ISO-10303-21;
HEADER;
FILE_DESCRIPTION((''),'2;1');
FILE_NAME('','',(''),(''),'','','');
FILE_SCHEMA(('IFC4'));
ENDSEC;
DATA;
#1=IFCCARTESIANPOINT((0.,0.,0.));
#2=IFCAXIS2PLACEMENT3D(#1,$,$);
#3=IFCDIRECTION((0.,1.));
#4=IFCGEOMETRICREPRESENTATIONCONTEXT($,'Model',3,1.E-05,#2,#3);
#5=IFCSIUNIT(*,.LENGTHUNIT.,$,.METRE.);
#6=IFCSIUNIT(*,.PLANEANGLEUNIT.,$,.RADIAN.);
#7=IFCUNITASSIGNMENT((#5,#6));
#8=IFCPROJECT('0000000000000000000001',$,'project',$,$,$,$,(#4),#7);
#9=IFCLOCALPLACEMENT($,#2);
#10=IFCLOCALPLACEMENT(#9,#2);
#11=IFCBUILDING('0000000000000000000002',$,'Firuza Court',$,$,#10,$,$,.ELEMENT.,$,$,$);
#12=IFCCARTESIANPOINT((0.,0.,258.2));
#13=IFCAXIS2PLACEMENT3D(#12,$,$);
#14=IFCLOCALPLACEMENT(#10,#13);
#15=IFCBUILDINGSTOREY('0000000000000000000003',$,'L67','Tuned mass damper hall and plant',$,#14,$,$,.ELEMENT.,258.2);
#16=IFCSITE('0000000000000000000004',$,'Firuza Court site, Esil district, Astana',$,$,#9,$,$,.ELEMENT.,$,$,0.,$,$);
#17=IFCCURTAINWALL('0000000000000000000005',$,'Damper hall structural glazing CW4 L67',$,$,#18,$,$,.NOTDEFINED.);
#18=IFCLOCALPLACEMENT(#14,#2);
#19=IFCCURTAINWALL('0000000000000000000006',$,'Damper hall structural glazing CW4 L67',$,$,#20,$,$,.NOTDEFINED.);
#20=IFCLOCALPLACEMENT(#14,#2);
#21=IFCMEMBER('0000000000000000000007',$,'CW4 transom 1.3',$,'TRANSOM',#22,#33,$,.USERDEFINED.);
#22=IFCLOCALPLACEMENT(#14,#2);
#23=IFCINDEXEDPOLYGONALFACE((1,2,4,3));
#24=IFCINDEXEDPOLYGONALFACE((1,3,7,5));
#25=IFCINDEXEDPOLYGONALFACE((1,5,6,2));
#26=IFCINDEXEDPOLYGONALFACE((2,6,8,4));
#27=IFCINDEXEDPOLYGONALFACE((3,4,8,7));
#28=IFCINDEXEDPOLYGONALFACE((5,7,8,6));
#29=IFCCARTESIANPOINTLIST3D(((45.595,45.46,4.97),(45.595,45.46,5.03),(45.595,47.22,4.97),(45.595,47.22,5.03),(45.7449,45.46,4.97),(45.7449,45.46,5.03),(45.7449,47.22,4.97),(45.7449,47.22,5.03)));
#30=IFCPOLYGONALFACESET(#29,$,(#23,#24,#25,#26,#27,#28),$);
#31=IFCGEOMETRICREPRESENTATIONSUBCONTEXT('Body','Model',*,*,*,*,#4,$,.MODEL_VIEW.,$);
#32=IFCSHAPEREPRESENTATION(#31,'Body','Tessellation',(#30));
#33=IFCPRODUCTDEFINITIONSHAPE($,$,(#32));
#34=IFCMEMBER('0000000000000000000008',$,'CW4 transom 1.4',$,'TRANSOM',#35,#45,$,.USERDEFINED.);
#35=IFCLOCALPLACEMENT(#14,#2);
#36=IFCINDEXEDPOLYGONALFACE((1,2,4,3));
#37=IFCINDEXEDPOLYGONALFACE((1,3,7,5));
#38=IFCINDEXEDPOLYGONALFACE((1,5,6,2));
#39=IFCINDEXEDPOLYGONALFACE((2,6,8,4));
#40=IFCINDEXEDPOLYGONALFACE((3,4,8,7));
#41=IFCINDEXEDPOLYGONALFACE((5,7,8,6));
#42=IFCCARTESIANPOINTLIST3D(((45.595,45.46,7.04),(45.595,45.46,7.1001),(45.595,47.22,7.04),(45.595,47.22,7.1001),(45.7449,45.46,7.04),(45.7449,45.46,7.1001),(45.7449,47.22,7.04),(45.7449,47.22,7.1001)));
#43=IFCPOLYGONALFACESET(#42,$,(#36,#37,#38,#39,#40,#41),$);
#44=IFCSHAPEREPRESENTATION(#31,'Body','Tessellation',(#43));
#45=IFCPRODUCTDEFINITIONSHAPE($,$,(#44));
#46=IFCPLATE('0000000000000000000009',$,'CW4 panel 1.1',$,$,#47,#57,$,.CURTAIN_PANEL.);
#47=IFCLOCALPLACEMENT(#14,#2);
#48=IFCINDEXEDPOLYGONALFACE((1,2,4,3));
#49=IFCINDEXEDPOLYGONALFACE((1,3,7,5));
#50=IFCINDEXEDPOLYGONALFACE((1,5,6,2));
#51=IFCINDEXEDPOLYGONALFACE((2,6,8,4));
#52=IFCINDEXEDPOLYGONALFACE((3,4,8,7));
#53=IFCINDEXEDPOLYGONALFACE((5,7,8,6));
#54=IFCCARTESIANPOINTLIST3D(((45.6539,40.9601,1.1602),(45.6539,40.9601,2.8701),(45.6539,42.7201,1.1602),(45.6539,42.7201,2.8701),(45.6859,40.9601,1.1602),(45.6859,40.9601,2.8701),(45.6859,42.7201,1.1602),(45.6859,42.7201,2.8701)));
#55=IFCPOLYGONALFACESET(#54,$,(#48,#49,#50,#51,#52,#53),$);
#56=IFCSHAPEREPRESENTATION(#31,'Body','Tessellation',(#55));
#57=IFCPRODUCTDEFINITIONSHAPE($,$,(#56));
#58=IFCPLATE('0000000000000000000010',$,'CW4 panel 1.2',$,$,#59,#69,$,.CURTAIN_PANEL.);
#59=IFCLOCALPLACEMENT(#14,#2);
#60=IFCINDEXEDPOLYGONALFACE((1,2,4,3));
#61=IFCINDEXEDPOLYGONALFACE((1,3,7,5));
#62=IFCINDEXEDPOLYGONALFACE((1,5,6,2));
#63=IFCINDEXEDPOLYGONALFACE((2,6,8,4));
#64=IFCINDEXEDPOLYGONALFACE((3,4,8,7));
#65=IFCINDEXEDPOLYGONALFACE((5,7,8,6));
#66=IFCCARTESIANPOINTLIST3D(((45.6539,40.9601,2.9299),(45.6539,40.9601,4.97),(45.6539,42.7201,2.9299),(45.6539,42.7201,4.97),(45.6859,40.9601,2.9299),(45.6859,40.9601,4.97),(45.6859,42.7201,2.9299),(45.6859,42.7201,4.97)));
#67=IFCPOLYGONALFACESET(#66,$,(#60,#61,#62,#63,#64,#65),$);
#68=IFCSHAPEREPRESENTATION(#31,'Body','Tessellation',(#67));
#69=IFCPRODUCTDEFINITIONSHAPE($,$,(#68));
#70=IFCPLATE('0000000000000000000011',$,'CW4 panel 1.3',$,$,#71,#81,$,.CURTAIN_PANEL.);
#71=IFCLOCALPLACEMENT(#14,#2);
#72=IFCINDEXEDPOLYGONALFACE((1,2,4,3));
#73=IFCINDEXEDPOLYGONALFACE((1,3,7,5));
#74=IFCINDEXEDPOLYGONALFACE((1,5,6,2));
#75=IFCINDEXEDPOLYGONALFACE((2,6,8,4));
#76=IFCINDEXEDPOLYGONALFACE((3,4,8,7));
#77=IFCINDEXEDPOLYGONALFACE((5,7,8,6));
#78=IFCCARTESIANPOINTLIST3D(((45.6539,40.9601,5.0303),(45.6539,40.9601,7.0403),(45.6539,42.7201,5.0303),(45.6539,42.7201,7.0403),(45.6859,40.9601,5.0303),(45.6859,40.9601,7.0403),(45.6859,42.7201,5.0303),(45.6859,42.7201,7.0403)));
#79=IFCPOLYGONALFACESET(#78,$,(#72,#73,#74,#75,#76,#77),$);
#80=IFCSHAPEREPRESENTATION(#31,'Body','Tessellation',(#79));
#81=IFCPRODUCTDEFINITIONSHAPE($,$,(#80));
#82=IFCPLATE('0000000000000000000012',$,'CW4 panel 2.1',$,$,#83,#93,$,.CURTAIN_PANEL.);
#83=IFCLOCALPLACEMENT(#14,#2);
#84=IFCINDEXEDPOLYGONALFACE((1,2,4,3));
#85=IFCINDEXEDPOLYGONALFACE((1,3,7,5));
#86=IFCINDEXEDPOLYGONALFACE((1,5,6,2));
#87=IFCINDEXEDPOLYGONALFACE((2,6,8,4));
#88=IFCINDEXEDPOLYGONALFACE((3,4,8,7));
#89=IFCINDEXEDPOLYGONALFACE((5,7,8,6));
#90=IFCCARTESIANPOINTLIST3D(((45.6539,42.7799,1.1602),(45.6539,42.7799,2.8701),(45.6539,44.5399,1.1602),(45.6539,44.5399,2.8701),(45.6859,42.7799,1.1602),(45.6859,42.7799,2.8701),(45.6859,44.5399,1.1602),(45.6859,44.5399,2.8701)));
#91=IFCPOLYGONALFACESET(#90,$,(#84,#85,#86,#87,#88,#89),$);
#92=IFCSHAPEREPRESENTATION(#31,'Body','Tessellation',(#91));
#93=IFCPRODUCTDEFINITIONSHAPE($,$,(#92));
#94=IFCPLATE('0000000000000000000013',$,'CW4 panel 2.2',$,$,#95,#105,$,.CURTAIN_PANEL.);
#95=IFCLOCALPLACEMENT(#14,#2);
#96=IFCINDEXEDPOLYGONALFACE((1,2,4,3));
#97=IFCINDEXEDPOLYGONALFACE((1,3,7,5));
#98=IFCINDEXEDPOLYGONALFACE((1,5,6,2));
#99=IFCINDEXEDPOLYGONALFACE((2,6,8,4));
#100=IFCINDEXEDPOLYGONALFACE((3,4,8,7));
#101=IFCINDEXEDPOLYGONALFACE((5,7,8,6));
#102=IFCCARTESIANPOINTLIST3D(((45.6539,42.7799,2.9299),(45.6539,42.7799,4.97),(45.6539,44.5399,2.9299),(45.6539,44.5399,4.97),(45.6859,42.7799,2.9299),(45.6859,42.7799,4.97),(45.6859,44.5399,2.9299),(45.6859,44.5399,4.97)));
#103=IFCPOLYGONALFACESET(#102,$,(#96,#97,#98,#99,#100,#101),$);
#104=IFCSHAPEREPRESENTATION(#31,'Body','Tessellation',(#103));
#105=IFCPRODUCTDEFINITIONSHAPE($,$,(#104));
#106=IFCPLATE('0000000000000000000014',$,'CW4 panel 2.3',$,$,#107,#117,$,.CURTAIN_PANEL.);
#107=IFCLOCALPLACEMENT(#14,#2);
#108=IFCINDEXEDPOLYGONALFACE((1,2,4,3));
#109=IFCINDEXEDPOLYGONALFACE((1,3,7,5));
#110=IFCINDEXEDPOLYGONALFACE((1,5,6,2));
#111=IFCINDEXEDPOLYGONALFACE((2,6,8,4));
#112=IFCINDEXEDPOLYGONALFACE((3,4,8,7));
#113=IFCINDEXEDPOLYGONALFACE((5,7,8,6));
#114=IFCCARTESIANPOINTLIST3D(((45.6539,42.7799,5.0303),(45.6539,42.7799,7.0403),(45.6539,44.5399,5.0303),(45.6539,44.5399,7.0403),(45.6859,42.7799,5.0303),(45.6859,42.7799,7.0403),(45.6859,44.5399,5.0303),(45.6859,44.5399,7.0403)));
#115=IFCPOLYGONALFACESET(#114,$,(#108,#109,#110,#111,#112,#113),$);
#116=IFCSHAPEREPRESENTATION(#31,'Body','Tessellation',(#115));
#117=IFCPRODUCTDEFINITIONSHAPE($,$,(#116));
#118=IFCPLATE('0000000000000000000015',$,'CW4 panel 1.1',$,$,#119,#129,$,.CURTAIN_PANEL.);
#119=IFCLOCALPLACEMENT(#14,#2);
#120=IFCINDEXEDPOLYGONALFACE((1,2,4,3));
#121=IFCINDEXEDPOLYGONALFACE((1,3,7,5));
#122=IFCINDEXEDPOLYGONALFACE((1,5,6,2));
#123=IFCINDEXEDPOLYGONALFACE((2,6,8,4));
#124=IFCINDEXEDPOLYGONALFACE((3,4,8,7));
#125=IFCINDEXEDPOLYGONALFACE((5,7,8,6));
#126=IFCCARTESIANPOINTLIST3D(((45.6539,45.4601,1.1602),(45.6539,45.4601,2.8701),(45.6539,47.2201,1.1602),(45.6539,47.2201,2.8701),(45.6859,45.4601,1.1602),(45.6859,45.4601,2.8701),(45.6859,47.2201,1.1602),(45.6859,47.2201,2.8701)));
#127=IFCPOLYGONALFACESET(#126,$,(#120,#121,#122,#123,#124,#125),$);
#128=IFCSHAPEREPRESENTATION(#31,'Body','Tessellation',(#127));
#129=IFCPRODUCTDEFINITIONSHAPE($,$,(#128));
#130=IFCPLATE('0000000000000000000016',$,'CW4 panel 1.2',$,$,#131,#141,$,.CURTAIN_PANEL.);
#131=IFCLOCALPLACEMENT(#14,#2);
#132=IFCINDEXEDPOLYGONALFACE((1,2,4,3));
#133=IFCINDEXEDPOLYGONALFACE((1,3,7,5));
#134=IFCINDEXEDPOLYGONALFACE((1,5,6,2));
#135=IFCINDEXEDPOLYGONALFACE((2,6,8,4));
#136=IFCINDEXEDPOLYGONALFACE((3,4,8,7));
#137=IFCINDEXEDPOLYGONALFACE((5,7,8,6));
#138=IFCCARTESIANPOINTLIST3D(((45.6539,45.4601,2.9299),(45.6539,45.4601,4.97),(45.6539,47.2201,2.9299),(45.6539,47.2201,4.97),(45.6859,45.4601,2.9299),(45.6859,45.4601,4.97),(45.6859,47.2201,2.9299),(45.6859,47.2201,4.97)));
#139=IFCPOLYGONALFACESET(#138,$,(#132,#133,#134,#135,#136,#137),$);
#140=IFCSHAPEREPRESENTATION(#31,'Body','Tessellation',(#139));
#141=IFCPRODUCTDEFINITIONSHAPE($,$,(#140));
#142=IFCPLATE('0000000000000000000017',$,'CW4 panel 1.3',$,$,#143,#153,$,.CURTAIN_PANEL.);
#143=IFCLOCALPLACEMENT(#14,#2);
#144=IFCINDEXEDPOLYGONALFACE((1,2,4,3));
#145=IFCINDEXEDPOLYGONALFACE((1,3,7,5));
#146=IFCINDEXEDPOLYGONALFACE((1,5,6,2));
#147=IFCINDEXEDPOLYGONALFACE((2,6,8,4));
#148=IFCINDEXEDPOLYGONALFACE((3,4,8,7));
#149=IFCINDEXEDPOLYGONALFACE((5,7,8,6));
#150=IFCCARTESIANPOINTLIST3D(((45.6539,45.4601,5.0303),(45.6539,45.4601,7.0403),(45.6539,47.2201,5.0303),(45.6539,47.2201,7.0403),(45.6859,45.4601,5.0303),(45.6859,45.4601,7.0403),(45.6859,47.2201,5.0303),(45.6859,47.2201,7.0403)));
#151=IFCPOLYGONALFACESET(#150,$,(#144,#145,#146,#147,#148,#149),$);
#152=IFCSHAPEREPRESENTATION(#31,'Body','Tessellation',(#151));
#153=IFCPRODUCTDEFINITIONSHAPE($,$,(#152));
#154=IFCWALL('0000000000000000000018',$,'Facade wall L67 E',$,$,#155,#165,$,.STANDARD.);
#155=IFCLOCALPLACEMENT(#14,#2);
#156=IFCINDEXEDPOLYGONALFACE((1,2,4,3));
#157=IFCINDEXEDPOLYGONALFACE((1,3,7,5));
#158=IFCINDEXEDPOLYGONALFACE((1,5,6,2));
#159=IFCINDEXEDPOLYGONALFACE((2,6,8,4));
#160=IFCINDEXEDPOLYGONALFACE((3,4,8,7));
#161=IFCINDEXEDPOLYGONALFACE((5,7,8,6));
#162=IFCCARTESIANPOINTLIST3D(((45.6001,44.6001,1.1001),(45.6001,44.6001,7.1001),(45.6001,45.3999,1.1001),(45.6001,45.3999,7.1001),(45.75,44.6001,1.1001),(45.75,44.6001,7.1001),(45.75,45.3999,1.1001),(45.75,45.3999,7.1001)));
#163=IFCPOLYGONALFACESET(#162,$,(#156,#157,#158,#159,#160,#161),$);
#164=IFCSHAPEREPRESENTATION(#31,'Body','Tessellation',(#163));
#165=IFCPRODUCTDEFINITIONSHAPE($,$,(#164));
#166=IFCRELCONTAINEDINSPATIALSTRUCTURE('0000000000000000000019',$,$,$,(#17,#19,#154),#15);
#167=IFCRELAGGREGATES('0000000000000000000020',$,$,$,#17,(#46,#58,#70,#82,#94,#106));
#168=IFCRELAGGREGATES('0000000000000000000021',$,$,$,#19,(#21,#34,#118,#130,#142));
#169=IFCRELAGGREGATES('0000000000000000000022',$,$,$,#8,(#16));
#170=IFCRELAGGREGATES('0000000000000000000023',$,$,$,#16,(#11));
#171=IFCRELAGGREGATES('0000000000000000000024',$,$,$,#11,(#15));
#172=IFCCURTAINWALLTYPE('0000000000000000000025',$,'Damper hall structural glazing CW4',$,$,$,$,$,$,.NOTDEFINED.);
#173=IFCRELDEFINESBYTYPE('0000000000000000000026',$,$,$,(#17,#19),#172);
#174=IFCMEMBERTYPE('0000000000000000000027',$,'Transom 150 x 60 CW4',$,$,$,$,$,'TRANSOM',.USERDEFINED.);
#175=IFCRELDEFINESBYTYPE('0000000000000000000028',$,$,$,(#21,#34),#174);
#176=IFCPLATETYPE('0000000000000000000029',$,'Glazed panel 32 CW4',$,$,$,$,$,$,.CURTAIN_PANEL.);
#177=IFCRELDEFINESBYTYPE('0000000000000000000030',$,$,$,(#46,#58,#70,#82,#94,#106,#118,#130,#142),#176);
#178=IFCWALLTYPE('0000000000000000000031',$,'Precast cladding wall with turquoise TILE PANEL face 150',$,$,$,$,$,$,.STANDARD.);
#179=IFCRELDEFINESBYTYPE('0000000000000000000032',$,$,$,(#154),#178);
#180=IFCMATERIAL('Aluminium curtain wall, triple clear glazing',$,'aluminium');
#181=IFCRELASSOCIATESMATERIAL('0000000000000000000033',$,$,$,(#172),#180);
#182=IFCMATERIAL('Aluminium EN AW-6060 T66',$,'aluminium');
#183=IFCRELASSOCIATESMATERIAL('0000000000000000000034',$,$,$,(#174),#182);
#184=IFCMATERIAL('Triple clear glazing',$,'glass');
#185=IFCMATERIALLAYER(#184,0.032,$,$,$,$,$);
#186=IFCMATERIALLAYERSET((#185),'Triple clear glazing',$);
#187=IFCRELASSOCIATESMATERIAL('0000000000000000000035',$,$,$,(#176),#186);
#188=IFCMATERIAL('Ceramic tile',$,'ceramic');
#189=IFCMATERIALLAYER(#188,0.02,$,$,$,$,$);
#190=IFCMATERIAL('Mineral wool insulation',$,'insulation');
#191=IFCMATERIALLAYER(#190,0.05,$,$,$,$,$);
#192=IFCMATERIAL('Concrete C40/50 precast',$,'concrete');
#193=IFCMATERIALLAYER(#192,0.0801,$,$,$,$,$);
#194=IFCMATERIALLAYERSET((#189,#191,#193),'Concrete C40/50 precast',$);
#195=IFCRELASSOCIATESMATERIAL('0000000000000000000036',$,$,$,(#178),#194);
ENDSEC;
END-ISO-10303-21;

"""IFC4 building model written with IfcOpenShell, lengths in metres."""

from ifc_helpers import new_model, si_unit, direction, frame, frame_2d, origin, origin_2d, place, context, subcontext, project, spatial, rectangle, extrude, material, layer, layer_set, material_profile, profile_set, type_object, element, aggregate, save


model = new_model("IFC4")

# Units and contexts
model_context = context("Model", 3, precision=1e-05, world=origin(), true_north=direction((0.0, 1.0)))
body_context = subcontext(model_context, "Body", "Model", "MODEL_VIEW")
ifc_project = project(units=[si_unit("LENGTHUNIT", "METRE"), si_unit("PLANEANGLEUNIT", "RADIAN")], contexts=[model_context])

# Site, building, storey
site_placement = place(None, origin())
site = spatial("IfcSite", under=ifc_project, at=site_placement, Name="Firuza Court site, Esil district, Astana", CompositionType="ELEMENT", RefElevation=0.0)
building_placement = place(site_placement, origin())
building = spatial("IfcBuilding", under=site, at=building_placement, Name="Firuza Court", CompositionType="ELEMENT")
storey_placement = place(building_placement, frame((0.0, 0.0, 258.2)))
storey = spatial("IfcBuildingStorey", under=building, at=storey_placement, Name="L67", Description="Tuned mass damper hall and plant", CompositionType="ELEMENT", Elevation=258.2)

# Curtain walls
ifc_material_1 = material(Name="Aluminium curtain wall, triple clear glazing", Category="aluminium")
curtain_wall_type = type_object("IfcCurtainWallType", Name="Damper hall structural glazing CW4", PredefinedType="NOTDEFINED", material=ifc_material_1)
curtain_wall_1_placement = place(storey_placement, origin())
curtain_wall_1 = element("IfcCurtainWall", 1, at=curtain_wall_1_placement, inside=storey, type_object=curtain_wall_type, Name="Damper hall structural glazing CW4 L67", PredefinedType="NOTDEFINED")
curtain_wall_2_placement = place(storey_placement, origin())
curtain_wall_2 = element("IfcCurtainWall", 2, at=curtain_wall_2_placement, inside=storey, type_object=curtain_wall_type, Name="Damper hall structural glazing CW4 L67", PredefinedType="NOTDEFINED")

# Members
ifc_material_2 = material(Name="Aluminium EN AW-6060 T66", Category="aluminium")
ifc_material_profile_1 = material_profile(ifc_material_2, rectangle(XDim=0.1499, YDim=0.0601, at=origin_2d()), Name="Transom 150 x 60 CW4")
ifc_profile_set_1 = profile_set([ifc_material_profile_1], Name="Aluminium EN AW-6060 T66")
member_type_1 = type_object("IfcMemberType", Name="Transom 150 x 60 CW4", ElementType="TRANSOM", PredefinedType="USERDEFINED", material=ifc_profile_set_1)
member_1_placement = place(storey_placement, frame((45.6699, 45.46, 5.0), z_axis=(0.0, 1.0, 0.0), x_axis=(-1.0, 0.0, 0.0)))
member_1 = element("IfcMember", 3, at=member_1_placement, type_object=member_type_1, Name="CW4 transom 1.3", ObjectType="TRANSOM", PredefinedType="USERDEFINED", context=body_context, shape_type="SweptSolid", body=[
    extrude(rectangle(XDim=0.1499, YDim=0.0601, at=origin_2d()), origin(), (0.0, 0.0, 1.0), 1.76),
])
member_2_placement = place(storey_placement, frame((45.6699, 45.46, 7.0701), z_axis=(0.0, 1.0, 0.0), x_axis=(-1.0, 0.0, 0.0)))
member_2 = element("IfcMember", 4, at=member_2_placement, type_object=member_type_1, Name="CW4 transom 1.4", ObjectType="TRANSOM", PredefinedType="USERDEFINED", context=body_context, shape_type="SweptSolid", body=[
    extrude(rectangle(XDim=0.1499, YDim=0.0601, at=origin_2d()), origin(), (0.0, 0.0, 1.0), 1.76),
])

# Plates
ifc_material_3 = material(Name="Triple clear glazing", Category="glass")
ifc_layer_1 = layer(ifc_material_3, 0.032)
ifc_layer_set_1 = layer_set([ifc_layer_1], Name="Triple clear glazing")
plate_type = type_object("IfcPlateType", Name="Glazed panel 32 CW4", PredefinedType="CURTAIN_PANEL", material=ifc_layer_set_1)
plate_1_placement = place(storey_placement, frame((45.6699, 41.8401, 1.1602), z_axis=(0.0, 0.0, 1.0), x_axis=(0.0, 1.0, 0.0)))
plate_1 = element("IfcPlate", 5, at=plate_1_placement, type_object=plate_type, Name="CW4 panel 1.1", PredefinedType="CURTAIN_PANEL", context=body_context, shape_type="SweptSolid", body=[
    extrude(rectangle(XDim=1.76, YDim=0.032, at=origin_2d()), origin(), (0.0, 0.0, 1.0), 1.71),
])
plate_2_placement = place(storey_placement, frame((45.6699, 41.8401, 2.9299), z_axis=(0.0, 0.0, 1.0), x_axis=(0.0, 1.0, 0.0)))
plate_2 = element("IfcPlate", 6, at=plate_2_placement, type_object=plate_type, Name="CW4 panel 1.2", PredefinedType="CURTAIN_PANEL", context=body_context, shape_type="SweptSolid", body=[
    extrude(rectangle(XDim=1.76, YDim=0.032, at=origin_2d()), origin(), (0.0, 0.0, 1.0), 2.04),
])
plate_3_placement = place(storey_placement, frame((45.6699, 41.8401, 5.0303), z_axis=(0.0, 0.0, 1.0), x_axis=(0.0, 1.0, 0.0)))
plate_3 = element("IfcPlate", 7, at=plate_3_placement, type_object=plate_type, Name="CW4 panel 1.3", PredefinedType="CURTAIN_PANEL", context=body_context, shape_type="SweptSolid", body=[
    extrude(rectangle(XDim=1.76, YDim=0.032, at=origin_2d()), origin(), (0.0, 0.0, 1.0), 2.01),
])
plate_4_placement = place(storey_placement, frame((45.6699, 43.6599, 1.1602), z_axis=(0.0, 0.0, 1.0), x_axis=(0.0, 1.0, 0.0)))
plate_4 = element("IfcPlate", 8, at=plate_4_placement, type_object=plate_type, Name="CW4 panel 2.1", PredefinedType="CURTAIN_PANEL", context=body_context, shape_type="SweptSolid", body=[
    extrude(rectangle(XDim=1.76, YDim=0.032, at=origin_2d()), origin(), (0.0, 0.0, 1.0), 1.71),
])
plate_5_placement = place(storey_placement, frame((45.6699, 43.6599, 2.9299), z_axis=(0.0, 0.0, 1.0), x_axis=(0.0, 1.0, 0.0)))
plate_5 = element("IfcPlate", 9, at=plate_5_placement, type_object=plate_type, Name="CW4 panel 2.2", PredefinedType="CURTAIN_PANEL", context=body_context, shape_type="SweptSolid", body=[
    extrude(rectangle(XDim=1.76, YDim=0.032, at=origin_2d()), origin(), (0.0, 0.0, 1.0), 2.04),
])
plate_6_placement = place(storey_placement, frame((45.6699, 43.6599, 5.0303), z_axis=(0.0, 0.0, 1.0), x_axis=(0.0, 1.0, 0.0)))
plate_6 = element("IfcPlate", 10, at=plate_6_placement, type_object=plate_type, Name="CW4 panel 2.3", PredefinedType="CURTAIN_PANEL", context=body_context, shape_type="SweptSolid", body=[
    extrude(rectangle(XDim=1.76, YDim=0.032, at=origin_2d()), origin(), (0.0, 0.0, 1.0), 2.01),
])
aggregate(curtain_wall_1, [plate_1, plate_2, plate_3, plate_4, plate_5, plate_6])
plate_7_placement = place(storey_placement, frame((45.6699, 46.3401, 1.1602), z_axis=(0.0, 0.0, 1.0), x_axis=(0.0, 1.0, 0.0)))
plate_7 = element("IfcPlate", 11, at=plate_7_placement, type_object=plate_type, Name="CW4 panel 1.1", PredefinedType="CURTAIN_PANEL", context=body_context, shape_type="SweptSolid", body=[
    extrude(rectangle(XDim=1.76, YDim=0.032, at=origin_2d()), origin(), (0.0, 0.0, 1.0), 1.71),
])
plate_8_placement = place(storey_placement, frame((45.6699, 46.3401, 2.9299), z_axis=(0.0, 0.0, 1.0), x_axis=(0.0, 1.0, 0.0)))
plate_8 = element("IfcPlate", 12, at=plate_8_placement, type_object=plate_type, Name="CW4 panel 1.2", PredefinedType="CURTAIN_PANEL", context=body_context, shape_type="SweptSolid", body=[
    extrude(rectangle(XDim=1.76, YDim=0.032, at=origin_2d()), origin(), (0.0, 0.0, 1.0), 2.04),
])
plate_9_placement = place(storey_placement, frame((45.6699, 46.3401, 5.0303), z_axis=(0.0, 0.0, 1.0), x_axis=(0.0, 1.0, 0.0)))
plate_9 = element("IfcPlate", 13, at=plate_9_placement, type_object=plate_type, Name="CW4 panel 1.3", PredefinedType="CURTAIN_PANEL", context=body_context, shape_type="SweptSolid", body=[
    extrude(rectangle(XDim=1.76, YDim=0.032, at=origin_2d()), origin(), (0.0, 0.0, 1.0), 2.01),
])
aggregate(curtain_wall_2, [member_1, member_2, plate_7, plate_8, plate_9])

# Wall
ifc_material_4 = material(Name="Ceramic tile", Category="ceramic")
ifc_layer_2 = layer(ifc_material_4, 0.02)
ifc_material_5 = material(Name="Mineral wool insulation", Category="insulation")
ifc_layer_3 = layer(ifc_material_5, 0.05)
ifc_material_6 = material(Name="Concrete C40/50 precast", Category="concrete")
ifc_layer_4 = layer(ifc_material_6, 0.0801)
ifc_layer_set_2 = layer_set([ifc_layer_2, ifc_layer_3, ifc_layer_4], Name="Concrete C40/50 precast")
wall_type = type_object("IfcWallType", Name="Precast cladding wall with turquoise TILE PANEL face 150", PredefinedType="STANDARD", material=ifc_layer_set_2)
wall_placement = place(storey_placement, frame((45.675, 44.6001, 1.1001), z_axis=(0.0, 0.0, 1.0), x_axis=(0.0, 1.0, 0.0)))
element("IfcWall", 14, at=wall_placement, inside=storey, type_object=wall_type, Name="Facade wall L67 E", PredefinedType="STANDARD", context=body_context, shape_type="SweptSolid", body=[
    extrude(rectangle(XDim=0.7998, YDim=0.1499, at=frame_2d((0.3999, 0.0))), origin(), (0.0, 0.0, 1.0), 6.0),
])

save(model, "model.ifc")
